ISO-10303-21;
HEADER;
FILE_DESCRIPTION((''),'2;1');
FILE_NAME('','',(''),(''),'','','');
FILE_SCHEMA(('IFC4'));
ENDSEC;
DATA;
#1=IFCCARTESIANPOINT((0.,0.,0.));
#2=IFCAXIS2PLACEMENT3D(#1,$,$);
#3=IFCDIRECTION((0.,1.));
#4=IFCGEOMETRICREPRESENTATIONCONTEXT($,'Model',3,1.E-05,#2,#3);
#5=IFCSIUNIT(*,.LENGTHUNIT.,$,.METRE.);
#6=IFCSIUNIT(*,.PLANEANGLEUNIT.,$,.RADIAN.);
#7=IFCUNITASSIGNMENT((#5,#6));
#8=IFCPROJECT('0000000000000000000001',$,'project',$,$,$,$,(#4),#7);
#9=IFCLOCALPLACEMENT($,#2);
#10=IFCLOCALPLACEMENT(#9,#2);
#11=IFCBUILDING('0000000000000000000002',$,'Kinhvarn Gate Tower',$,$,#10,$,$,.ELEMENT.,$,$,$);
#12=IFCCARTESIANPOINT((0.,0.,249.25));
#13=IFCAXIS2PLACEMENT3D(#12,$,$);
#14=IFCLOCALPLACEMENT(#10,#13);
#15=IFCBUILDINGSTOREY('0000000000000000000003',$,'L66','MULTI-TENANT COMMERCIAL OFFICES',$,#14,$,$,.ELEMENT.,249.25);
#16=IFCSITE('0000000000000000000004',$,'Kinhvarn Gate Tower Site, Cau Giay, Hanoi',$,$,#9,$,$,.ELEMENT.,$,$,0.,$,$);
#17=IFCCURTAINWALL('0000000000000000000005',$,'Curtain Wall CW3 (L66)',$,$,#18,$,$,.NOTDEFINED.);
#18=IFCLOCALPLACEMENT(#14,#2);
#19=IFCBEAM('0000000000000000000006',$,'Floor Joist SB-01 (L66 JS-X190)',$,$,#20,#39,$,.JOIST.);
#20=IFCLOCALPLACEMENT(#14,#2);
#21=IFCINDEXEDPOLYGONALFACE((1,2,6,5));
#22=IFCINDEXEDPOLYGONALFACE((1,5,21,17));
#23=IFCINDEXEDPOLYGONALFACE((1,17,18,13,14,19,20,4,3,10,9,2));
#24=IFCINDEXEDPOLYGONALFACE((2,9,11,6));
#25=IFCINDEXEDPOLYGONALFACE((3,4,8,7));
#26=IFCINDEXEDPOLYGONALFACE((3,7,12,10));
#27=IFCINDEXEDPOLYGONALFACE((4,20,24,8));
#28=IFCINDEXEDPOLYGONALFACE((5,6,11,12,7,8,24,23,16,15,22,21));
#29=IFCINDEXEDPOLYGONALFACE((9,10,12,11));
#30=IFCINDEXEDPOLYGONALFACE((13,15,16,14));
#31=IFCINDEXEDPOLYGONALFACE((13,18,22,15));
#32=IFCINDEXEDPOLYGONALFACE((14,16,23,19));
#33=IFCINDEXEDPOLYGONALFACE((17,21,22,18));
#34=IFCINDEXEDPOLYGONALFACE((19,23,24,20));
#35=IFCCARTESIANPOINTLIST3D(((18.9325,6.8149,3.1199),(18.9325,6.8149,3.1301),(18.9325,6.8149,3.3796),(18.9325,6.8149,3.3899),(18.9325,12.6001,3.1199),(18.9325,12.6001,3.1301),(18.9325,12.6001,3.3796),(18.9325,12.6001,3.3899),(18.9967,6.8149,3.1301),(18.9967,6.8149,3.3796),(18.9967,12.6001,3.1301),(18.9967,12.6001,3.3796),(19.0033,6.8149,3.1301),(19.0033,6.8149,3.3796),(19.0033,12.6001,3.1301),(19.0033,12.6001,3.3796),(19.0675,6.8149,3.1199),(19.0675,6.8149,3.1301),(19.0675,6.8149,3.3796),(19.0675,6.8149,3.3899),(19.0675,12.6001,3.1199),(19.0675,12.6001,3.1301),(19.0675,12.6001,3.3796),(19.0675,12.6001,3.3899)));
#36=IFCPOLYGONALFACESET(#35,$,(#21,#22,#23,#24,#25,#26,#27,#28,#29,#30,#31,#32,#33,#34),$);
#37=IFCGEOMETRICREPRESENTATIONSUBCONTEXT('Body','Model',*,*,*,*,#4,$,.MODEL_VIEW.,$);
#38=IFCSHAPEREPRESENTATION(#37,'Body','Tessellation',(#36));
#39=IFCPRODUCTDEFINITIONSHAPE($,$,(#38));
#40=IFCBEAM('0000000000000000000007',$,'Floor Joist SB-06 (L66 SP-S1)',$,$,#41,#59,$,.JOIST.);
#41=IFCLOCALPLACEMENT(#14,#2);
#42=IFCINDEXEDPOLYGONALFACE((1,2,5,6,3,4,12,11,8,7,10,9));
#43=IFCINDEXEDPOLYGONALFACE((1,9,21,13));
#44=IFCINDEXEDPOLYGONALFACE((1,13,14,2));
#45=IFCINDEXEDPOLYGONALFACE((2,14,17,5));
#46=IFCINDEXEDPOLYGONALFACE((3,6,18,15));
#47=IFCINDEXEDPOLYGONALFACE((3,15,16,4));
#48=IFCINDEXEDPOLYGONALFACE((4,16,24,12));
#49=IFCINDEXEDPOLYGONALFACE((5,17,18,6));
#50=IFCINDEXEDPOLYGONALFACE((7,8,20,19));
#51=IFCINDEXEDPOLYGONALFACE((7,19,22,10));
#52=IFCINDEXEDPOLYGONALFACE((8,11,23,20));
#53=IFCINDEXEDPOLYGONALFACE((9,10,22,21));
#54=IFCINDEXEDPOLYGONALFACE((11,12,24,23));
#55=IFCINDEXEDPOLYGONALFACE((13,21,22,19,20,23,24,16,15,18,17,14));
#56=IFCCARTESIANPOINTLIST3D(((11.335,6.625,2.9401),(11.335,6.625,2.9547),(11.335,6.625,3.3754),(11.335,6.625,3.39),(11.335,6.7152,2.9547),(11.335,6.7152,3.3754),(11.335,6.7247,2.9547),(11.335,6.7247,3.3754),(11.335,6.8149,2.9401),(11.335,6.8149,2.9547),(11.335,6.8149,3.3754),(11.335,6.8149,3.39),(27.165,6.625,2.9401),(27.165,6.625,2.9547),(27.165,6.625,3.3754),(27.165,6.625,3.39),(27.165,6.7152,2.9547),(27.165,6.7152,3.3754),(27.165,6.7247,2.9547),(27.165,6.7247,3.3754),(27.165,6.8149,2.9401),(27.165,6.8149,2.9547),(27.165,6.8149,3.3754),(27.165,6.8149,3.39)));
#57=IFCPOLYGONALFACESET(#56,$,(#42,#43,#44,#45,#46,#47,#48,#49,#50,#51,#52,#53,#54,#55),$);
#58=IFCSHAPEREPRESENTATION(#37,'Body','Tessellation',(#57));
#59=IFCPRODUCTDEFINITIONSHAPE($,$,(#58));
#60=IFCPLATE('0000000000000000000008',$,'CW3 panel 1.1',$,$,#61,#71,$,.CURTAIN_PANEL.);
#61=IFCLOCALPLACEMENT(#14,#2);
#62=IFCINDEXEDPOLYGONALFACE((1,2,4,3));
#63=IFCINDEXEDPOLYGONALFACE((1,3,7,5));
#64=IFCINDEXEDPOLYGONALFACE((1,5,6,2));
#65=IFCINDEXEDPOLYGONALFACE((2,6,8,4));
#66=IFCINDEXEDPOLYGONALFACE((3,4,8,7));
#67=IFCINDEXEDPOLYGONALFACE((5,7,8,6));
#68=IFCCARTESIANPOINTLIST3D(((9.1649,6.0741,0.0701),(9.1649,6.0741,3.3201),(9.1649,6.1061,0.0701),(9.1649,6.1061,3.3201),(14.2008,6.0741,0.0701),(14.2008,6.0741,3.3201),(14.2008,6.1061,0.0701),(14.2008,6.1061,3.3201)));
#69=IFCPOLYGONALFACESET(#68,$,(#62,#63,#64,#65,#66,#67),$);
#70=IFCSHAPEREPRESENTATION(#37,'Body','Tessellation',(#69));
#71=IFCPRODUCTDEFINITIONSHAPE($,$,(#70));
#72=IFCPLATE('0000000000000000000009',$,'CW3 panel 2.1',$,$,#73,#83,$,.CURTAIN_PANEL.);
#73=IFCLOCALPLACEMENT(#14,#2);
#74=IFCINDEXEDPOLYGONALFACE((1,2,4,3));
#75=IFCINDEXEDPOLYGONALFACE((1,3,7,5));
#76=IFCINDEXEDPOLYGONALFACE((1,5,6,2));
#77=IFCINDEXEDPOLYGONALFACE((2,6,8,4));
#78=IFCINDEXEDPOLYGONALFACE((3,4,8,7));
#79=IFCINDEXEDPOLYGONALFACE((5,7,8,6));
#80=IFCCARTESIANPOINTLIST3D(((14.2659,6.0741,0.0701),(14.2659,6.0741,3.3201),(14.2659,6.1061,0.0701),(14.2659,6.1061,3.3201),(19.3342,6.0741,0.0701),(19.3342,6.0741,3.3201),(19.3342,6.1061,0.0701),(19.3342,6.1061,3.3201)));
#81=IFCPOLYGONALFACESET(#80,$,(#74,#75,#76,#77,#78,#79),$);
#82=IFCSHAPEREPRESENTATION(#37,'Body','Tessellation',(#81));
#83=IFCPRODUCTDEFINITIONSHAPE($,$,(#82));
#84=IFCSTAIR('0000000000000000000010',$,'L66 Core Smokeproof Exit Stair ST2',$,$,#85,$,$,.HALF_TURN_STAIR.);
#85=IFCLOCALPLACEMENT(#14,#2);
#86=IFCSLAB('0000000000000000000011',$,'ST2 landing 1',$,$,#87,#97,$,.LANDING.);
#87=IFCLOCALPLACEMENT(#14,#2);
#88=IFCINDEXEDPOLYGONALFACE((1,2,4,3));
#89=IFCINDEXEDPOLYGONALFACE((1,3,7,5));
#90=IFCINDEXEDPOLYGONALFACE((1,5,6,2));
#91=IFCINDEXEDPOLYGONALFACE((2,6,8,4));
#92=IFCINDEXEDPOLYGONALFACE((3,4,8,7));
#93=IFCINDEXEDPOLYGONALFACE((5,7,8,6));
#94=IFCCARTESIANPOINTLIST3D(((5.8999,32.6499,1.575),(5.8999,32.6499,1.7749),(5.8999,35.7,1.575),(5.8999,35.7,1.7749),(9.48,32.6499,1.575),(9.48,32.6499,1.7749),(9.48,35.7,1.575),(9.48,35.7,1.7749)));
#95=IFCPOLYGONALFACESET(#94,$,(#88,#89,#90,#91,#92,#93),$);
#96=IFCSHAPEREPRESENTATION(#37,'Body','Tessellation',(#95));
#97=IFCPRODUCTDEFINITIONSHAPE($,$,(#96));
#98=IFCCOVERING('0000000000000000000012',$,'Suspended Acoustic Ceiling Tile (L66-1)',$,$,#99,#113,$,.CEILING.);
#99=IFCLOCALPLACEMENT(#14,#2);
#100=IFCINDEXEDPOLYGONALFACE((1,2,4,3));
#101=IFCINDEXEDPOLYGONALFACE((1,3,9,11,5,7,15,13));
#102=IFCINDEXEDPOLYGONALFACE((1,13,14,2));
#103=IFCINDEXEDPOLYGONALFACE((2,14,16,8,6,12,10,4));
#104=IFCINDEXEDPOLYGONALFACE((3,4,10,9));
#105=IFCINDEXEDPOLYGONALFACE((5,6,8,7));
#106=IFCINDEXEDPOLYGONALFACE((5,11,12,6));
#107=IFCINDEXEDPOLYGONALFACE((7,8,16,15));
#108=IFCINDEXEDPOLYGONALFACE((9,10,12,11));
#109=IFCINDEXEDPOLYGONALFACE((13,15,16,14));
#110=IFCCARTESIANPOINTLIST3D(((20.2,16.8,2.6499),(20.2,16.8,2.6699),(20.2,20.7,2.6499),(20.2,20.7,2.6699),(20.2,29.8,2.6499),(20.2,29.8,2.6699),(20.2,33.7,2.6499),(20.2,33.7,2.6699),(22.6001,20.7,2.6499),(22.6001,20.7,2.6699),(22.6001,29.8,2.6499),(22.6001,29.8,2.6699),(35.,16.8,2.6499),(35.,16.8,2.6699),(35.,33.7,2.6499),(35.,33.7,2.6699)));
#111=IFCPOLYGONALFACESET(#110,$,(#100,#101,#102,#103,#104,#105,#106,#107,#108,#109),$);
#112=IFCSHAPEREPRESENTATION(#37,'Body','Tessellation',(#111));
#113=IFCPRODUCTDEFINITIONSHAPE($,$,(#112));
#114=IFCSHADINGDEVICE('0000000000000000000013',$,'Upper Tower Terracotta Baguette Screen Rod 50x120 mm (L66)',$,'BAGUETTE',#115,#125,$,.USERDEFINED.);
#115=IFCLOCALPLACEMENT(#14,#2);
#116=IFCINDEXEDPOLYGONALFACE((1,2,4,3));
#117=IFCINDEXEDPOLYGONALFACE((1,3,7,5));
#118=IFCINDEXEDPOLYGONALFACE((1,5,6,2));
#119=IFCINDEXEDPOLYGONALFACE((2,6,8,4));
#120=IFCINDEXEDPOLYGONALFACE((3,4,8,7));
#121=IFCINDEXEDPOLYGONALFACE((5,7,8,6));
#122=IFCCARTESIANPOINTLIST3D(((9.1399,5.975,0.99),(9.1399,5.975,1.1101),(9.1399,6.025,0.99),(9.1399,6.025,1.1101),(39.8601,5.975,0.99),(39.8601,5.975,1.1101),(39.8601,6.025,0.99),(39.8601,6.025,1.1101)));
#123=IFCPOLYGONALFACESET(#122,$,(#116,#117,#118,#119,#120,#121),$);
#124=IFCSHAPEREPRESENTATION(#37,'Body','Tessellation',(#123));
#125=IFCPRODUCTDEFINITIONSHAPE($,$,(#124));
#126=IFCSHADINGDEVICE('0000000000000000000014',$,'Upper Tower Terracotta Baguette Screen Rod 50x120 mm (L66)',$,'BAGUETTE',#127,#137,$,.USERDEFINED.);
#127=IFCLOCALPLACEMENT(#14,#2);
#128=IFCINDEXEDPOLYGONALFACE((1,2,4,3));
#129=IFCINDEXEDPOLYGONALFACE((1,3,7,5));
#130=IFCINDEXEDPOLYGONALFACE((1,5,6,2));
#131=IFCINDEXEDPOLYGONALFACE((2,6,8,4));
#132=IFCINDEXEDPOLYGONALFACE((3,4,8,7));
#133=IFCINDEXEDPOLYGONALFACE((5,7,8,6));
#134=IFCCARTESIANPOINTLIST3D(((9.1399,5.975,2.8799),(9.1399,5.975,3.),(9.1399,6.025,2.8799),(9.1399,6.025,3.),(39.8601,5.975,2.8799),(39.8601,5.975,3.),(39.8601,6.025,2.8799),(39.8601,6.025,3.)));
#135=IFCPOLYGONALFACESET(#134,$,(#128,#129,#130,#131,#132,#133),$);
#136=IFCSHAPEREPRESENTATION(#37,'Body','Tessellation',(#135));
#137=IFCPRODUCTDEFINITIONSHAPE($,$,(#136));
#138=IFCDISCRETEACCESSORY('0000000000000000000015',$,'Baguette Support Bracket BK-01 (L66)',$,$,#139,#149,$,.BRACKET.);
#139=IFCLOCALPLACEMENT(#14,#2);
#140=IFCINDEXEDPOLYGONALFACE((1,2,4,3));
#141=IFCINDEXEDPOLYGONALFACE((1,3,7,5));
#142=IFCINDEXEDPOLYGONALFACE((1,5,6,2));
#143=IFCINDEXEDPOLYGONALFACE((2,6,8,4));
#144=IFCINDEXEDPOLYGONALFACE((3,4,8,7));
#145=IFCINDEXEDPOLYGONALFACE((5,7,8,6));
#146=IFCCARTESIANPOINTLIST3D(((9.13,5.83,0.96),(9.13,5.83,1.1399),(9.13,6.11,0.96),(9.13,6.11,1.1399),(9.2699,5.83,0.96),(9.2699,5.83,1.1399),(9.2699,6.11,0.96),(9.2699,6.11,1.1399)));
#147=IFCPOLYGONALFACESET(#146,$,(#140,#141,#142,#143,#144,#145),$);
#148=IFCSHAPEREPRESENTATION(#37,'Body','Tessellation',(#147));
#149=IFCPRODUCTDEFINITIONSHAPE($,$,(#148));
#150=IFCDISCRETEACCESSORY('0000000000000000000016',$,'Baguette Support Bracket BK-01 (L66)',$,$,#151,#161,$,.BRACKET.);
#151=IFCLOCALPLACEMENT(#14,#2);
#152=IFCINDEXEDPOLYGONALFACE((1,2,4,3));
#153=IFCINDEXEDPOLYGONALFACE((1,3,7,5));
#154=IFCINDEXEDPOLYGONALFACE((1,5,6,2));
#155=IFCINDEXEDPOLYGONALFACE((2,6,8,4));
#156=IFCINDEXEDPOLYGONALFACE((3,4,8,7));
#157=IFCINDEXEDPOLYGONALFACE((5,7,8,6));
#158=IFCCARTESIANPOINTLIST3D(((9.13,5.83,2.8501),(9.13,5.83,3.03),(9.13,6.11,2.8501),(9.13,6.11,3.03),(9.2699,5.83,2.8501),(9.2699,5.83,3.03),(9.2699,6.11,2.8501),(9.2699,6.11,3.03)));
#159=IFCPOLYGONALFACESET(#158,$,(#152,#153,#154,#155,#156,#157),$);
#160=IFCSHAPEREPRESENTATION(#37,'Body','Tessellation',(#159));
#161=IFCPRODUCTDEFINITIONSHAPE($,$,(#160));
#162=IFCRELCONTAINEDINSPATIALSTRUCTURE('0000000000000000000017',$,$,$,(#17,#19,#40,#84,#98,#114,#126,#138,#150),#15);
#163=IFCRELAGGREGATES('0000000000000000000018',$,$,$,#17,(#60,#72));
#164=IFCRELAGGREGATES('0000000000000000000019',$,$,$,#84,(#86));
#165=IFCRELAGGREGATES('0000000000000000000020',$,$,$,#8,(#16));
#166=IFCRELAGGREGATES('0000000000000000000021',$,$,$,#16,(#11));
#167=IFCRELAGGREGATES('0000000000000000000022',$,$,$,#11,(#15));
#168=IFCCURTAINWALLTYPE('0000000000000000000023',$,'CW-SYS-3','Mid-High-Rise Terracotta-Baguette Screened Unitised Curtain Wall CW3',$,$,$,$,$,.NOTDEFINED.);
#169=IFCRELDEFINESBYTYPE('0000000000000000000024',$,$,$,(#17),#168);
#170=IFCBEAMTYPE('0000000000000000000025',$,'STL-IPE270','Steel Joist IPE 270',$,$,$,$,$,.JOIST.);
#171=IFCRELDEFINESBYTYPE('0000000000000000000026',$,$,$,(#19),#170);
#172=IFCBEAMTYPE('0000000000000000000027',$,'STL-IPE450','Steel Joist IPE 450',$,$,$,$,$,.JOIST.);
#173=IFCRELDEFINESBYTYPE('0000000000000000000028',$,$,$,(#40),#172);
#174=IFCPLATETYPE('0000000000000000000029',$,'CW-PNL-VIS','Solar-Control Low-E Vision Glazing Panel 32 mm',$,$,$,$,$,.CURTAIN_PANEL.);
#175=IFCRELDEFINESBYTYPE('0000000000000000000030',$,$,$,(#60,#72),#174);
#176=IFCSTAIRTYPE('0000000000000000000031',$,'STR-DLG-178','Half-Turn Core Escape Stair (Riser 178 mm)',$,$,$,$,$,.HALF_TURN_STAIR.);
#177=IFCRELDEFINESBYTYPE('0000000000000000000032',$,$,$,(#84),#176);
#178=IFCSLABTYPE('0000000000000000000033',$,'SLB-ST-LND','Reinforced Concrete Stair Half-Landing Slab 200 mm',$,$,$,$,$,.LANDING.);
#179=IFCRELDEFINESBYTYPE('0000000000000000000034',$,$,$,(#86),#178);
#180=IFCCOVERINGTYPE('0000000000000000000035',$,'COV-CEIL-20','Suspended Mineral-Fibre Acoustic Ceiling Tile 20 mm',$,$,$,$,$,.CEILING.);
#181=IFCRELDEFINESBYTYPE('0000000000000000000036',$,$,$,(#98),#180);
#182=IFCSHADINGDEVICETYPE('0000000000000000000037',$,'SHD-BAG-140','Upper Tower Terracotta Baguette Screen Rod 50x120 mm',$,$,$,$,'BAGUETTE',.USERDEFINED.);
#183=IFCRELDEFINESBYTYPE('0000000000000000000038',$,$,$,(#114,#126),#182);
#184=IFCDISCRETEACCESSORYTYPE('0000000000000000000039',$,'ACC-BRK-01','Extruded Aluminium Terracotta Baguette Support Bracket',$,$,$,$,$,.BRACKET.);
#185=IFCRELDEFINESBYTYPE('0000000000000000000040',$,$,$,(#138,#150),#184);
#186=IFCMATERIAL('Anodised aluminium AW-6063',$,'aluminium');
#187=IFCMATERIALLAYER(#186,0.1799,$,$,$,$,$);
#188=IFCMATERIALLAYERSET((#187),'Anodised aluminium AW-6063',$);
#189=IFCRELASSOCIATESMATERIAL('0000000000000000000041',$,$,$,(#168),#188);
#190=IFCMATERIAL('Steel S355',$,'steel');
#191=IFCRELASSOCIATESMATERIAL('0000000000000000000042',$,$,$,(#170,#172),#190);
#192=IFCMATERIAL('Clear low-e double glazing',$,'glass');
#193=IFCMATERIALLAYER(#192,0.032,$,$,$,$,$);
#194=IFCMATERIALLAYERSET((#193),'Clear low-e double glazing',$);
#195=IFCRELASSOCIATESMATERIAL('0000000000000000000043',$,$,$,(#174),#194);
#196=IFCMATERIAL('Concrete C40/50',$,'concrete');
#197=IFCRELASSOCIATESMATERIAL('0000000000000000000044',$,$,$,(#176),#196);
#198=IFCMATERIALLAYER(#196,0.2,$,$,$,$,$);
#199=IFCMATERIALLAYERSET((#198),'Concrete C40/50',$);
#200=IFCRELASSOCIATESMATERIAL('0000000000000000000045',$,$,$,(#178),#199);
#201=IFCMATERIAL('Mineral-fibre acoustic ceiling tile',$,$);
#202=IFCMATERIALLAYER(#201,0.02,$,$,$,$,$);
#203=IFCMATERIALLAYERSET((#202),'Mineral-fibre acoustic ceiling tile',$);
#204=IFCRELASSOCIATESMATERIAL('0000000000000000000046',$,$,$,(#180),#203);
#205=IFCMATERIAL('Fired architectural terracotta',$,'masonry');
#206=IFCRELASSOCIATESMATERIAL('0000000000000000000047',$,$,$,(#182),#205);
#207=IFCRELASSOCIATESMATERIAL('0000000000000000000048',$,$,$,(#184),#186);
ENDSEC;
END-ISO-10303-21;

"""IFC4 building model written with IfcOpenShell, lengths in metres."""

from ifc_helpers import new_model, si_unit, direction, frame, origin, origin_2d, place, context, subcontext, project, spatial, polyline, rectangle, i_section, outline, extrude, material, layer, layer_set, material_profile, profile_set, type_object, element, aggregate, save


model = new_model("IFC4")

# Units and contexts
model_context = context("Model", 3, precision=1e-05, world=origin(), true_north=direction((0.0, 1.0)))
body_context = subcontext(model_context, "Body", "Model", "MODEL_VIEW")
ifc_project = project(units=[si_unit("LENGTHUNIT", "METRE"), si_unit("PLANEANGLEUNIT", "RADIAN")], contexts=[model_context])

# Site, building, storey
site_placement = place(None, origin())
site = spatial("IfcSite", under=ifc_project, at=site_placement, Name="Kinhvarn Gate Tower Site, Cau Giay, Hanoi", CompositionType="ELEMENT", RefElevation=0.0)
building_placement = place(site_placement, origin())
building = spatial("IfcBuilding", under=site, at=building_placement, Name="Kinhvarn Gate Tower", CompositionType="ELEMENT")
storey_placement = place(building_placement, frame((0.0, 0.0, 249.25)))
storey = spatial("IfcBuildingStorey", under=building, at=storey_placement, Name="L66", Description="MULTI-TENANT COMMERCIAL OFFICES", CompositionType="ELEMENT", Elevation=249.25)

# Curtain wall
ifc_material_1 = material(Name="Anodised aluminium AW-6063", Category="aluminium")
ifc_layer_1 = layer(ifc_material_1, 0.1799)
ifc_layer_set_1 = layer_set([ifc_layer_1], Name="Anodised aluminium AW-6063")
curtain_wall_type = type_object("IfcCurtainWallType", Name="CW-SYS-3", Description="Mid-High-Rise Terracotta-Baguette Screened Unitised Curtain Wall CW3", PredefinedType="NOTDEFINED", material=ifc_layer_set_1)
curtain_wall_placement = place(storey_placement, origin())
curtain_wall = element("IfcCurtainWall", 1, at=curtain_wall_placement, inside=storey, type_object=curtain_wall_type, Name="Curtain Wall CW3 (L66)", PredefinedType="NOTDEFINED")

# Beams
ifc_material_2 = material(Name="Steel S355", Category="steel")
ifc_material_profile_1 = material_profile(ifc_material_2, i_section(OverallWidth=0.135, OverallDepth=0.27, WebThickness=0.0066, FlangeThickness=0.0103, at=origin_2d()), Name="IPE 270")
ifc_profile_set_1 = profile_set([ifc_material_profile_1], Name="Steel S355")
beam_type_1 = type_object("IfcBeamType", Name="STL-IPE270", Description="Steel Joist IPE 270", PredefinedType="JOIST", material=ifc_profile_set_1)
for number, where, z_axis, x_axis, name in (
    (2, (19.0, 6.8149, 3.2549), (0.0, 1.0, 0.0), (-1.0, 0.0, 0.0), "Floor Joist SB-01 (L66 JS-X190)"),
):
    element("IfcBeam", number, at=place(storey_placement, frame(where, z_axis=z_axis, x_axis=x_axis)), inside=storey, type_object=beam_type_1, Name=name, PredefinedType="JOIST", context=body_context, shape_type="SweptSolid", body=[
        extrude(i_section(OverallWidth=0.135, OverallDepth=0.27, WebThickness=0.0066, FlangeThickness=0.0103, at=origin_2d()), origin(), (0.0, 0.0, 1.0), 5.7852),
    ])
ifc_material_profile_2 = material_profile(ifc_material_2, i_section(OverallWidth=0.1899, OverallDepth=0.45, WebThickness=0.0095, FlangeThickness=0.0146, at=origin_2d()), Name="IPE 450")
ifc_profile_set_2 = profile_set([ifc_material_profile_2], Name="Steel S355")
beam_type_2 = type_object("IfcBeamType", Name="STL-IPE450", Description="Steel Joist IPE 450", PredefinedType="JOIST", material=ifc_profile_set_2)
beam_1_placement = place(storey_placement, frame((11.335, 6.72, 3.165), z_axis=(1.0, 0.0, 0.0), x_axis=(0.0, 1.0, 0.0)))
element("IfcBeam", 3, at=beam_1_placement, inside=storey, type_object=beam_type_2, Name="Floor Joist SB-06 (L66 SP-S1)", PredefinedType="JOIST", context=body_context, shape_type="SweptSolid", body=[
    extrude(i_section(OverallWidth=0.1899, OverallDepth=0.45, WebThickness=0.0095, FlangeThickness=0.0146, at=origin_2d()), origin(), (0.0, 0.0, 1.0), 15.8301),
])

# Plates
ifc_material_3 = material(Name="Clear low-e double glazing", Category="glass")
ifc_layer_2 = layer(ifc_material_3, 0.032)
ifc_layer_set_2 = layer_set([ifc_layer_2], Name="Clear low-e double glazing")
plate_type = type_object("IfcPlateType", Name="CW-PNL-VIS", Description="Solar-Control Low-E Vision Glazing Panel 32 mm", PredefinedType="CURTAIN_PANEL", material=ifc_layer_set_2)
plate_1_placement = place(storey_placement, frame((11.6829, 6.0901, 0.0701), z_axis=(0.0, 0.0, 1.0), x_axis=(1.0, 0.0, 0.0)))
plate_1 = element("IfcPlate", 4, at=plate_1_placement, type_object=plate_type, Name="CW3 panel 1.1", PredefinedType="CURTAIN_PANEL", context=body_context, shape_type="SweptSolid", body=[
    extrude(rectangle(XDim=5.0359, YDim=0.032, at=origin_2d()), origin(), (0.0, 0.0, 1.0), 3.25),
])
plate_2_placement = place(storey_placement, frame((16.8, 6.0901, 0.0701), z_axis=(0.0, 0.0, 1.0), x_axis=(1.0, 0.0, 0.0)))
plate_2 = element("IfcPlate", 5, at=plate_2_placement, type_object=plate_type, Name="CW3 panel 2.1", PredefinedType="CURTAIN_PANEL", context=body_context, shape_type="SweptSolid", body=[
    extrude(rectangle(XDim=5.0684, YDim=0.032, at=origin_2d()), origin(), (0.0, 0.0, 1.0), 3.25),
])
aggregate(curtain_wall, [plate_1, plate_2])

# Stair, slab
ifc_material_4 = material(Name="Concrete C40/50", Category="concrete")
stair_type = type_object("IfcStairType", Name="STR-DLG-178", Description="Half-Turn Core Escape Stair (Riser 178 mm)", PredefinedType="HALF_TURN_STAIR", material=ifc_material_4)
stair_placement = place(storey_placement, origin())
stair = element("IfcStair", 6, at=stair_placement, inside=storey, type_object=stair_type, Name="L66 Core Smokeproof Exit Stair ST2", PredefinedType="HALF_TURN_STAIR")
ifc_layer_3 = layer(ifc_material_4, 0.2)
ifc_layer_set_3 = layer_set([ifc_layer_3], Name="Concrete C40/50")
slab_type = type_object("IfcSlabType", Name="SLB-ST-LND", Description="Reinforced Concrete Stair Half-Landing Slab 200 mm", PredefinedType="LANDING", material=ifc_layer_set_3)
slab_placement = place(storey_placement, frame((0.0, 0.0, 1.575)))
slab = element("IfcSlab", 7, at=slab_placement, type_object=slab_type, Name="ST2 landing 1", PredefinedType="LANDING", context=body_context, shape_type="SweptSolid", body=[
    extrude(outline(polyline([(9.48, 35.7), (5.8999, 35.7), (5.8999, 32.6499), (9.48, 32.6499), (9.48, 35.7)])), origin(), (0.0, 0.0, 1.0), 0.2),
])
aggregate(stair, [slab])

# Covering
ifc_material_5 = material(Name="Mineral-fibre acoustic ceiling tile")
ifc_layer_4 = layer(ifc_material_5, 0.02)
ifc_layer_set_4 = layer_set([ifc_layer_4], Name="Mineral-fibre acoustic ceiling tile")
covering_type = type_object("IfcCoveringType", Name="COV-CEIL-20", Description="Suspended Mineral-Fibre Acoustic Ceiling Tile 20 mm", PredefinedType="CEILING", material=ifc_layer_set_4)
covering_placement = place(storey_placement, frame((0.0, 0.0, 2.6499)))
element("IfcCovering", 8, at=covering_placement, inside=storey, type_object=covering_type, Name="Suspended Acoustic Ceiling Tile (L66-1)", PredefinedType="CEILING", context=body_context, shape_type="SweptSolid", body=[
    extrude(outline(polyline([(35.0, 33.7), (35.0, 16.8), (20.2, 16.8), (20.2, 20.7), (22.6001, 20.7), (22.6001, 29.8), (20.2, 29.8), (20.2, 33.7), (35.0, 33.7)])), origin(), (0.0, 0.0, 1.0), 0.02),
])

# Shading devices
ifc_material_6 = material(Name="Fired architectural terracotta", Category="masonry")
ifc_material_profile_3 = material_profile(ifc_material_6, rectangle(XDim=0.05, YDim=0.1201, at=origin_2d()), Name="TC 50x120")
ifc_profile_set_3 = profile_set([ifc_material_profile_3], Name="Fired architectural terracotta")
shading_device_type = type_object("IfcShadingDeviceType", Name="SHD-BAG-140", Description="Upper Tower Terracotta Baguette Screen Rod 50x120 mm", ElementType="BAGUETTE", PredefinedType="USERDEFINED", material=ifc_profile_set_3)
for number, where, z_axis, x_axis, name in (
    (9, (9.1399, 6.0, 1.05), (1.0, 0.0, 0.0), (0.0, 1.0, 0.0), "Upper Tower Terracotta Baguette Screen Rod 50x120 mm (L66)"),
    (10, (9.1399, 6.0, 2.9399), (1.0, 0.0, 0.0), (0.0, 1.0, 0.0), "Upper Tower Terracotta Baguette Screen Rod 50x120 mm (L66)"),
):
    element("IfcShadingDevice", number, at=place(storey_placement, frame(where, z_axis=z_axis, x_axis=x_axis)), inside=storey, type_object=shading_device_type, Name=name, ObjectType="BAGUETTE", PredefinedType="USERDEFINED", context=body_context, shape_type="SweptSolid", body=[
        extrude(rectangle(XDim=0.05, YDim=0.1201, at=origin_2d()), origin(), (0.0, 0.0, 1.0), 30.7202),
    ])

# Discrete accessories
discrete_accessory_type = type_object("IfcDiscreteAccessoryType", Name="ACC-BRK-01", Description="Extruded Aluminium Terracotta Baguette Support Bracket", PredefinedType="BRACKET", material=ifc_material_1)
for number, where, z_axis, x_axis, name in (
    (11, (9.2, 5.97, 0.96), (0.0, 0.0, 1.0), (1.0, 0.0, 0.0), "Baguette Support Bracket BK-01 (L66)"),
    (12, (9.2, 5.97, 2.8501), (0.0, 0.0, 1.0), (1.0, 0.0, 0.0), "Baguette Support Bracket BK-01 (L66)"),
):
    element("IfcDiscreteAccessory", number, at=place(storey_placement, frame(where, z_axis=z_axis, x_axis=x_axis)), inside=storey, type_object=discrete_accessory_type, Name=name, PredefinedType="BRACKET", context=body_context, shape_type="SweptSolid", body=[
        extrude(rectangle(XDim=0.1399, YDim=0.28, at=origin_2d()), origin(), (0.0, 0.0, 1.0), 0.1799),
    ])

save(model, "model.ifc")
